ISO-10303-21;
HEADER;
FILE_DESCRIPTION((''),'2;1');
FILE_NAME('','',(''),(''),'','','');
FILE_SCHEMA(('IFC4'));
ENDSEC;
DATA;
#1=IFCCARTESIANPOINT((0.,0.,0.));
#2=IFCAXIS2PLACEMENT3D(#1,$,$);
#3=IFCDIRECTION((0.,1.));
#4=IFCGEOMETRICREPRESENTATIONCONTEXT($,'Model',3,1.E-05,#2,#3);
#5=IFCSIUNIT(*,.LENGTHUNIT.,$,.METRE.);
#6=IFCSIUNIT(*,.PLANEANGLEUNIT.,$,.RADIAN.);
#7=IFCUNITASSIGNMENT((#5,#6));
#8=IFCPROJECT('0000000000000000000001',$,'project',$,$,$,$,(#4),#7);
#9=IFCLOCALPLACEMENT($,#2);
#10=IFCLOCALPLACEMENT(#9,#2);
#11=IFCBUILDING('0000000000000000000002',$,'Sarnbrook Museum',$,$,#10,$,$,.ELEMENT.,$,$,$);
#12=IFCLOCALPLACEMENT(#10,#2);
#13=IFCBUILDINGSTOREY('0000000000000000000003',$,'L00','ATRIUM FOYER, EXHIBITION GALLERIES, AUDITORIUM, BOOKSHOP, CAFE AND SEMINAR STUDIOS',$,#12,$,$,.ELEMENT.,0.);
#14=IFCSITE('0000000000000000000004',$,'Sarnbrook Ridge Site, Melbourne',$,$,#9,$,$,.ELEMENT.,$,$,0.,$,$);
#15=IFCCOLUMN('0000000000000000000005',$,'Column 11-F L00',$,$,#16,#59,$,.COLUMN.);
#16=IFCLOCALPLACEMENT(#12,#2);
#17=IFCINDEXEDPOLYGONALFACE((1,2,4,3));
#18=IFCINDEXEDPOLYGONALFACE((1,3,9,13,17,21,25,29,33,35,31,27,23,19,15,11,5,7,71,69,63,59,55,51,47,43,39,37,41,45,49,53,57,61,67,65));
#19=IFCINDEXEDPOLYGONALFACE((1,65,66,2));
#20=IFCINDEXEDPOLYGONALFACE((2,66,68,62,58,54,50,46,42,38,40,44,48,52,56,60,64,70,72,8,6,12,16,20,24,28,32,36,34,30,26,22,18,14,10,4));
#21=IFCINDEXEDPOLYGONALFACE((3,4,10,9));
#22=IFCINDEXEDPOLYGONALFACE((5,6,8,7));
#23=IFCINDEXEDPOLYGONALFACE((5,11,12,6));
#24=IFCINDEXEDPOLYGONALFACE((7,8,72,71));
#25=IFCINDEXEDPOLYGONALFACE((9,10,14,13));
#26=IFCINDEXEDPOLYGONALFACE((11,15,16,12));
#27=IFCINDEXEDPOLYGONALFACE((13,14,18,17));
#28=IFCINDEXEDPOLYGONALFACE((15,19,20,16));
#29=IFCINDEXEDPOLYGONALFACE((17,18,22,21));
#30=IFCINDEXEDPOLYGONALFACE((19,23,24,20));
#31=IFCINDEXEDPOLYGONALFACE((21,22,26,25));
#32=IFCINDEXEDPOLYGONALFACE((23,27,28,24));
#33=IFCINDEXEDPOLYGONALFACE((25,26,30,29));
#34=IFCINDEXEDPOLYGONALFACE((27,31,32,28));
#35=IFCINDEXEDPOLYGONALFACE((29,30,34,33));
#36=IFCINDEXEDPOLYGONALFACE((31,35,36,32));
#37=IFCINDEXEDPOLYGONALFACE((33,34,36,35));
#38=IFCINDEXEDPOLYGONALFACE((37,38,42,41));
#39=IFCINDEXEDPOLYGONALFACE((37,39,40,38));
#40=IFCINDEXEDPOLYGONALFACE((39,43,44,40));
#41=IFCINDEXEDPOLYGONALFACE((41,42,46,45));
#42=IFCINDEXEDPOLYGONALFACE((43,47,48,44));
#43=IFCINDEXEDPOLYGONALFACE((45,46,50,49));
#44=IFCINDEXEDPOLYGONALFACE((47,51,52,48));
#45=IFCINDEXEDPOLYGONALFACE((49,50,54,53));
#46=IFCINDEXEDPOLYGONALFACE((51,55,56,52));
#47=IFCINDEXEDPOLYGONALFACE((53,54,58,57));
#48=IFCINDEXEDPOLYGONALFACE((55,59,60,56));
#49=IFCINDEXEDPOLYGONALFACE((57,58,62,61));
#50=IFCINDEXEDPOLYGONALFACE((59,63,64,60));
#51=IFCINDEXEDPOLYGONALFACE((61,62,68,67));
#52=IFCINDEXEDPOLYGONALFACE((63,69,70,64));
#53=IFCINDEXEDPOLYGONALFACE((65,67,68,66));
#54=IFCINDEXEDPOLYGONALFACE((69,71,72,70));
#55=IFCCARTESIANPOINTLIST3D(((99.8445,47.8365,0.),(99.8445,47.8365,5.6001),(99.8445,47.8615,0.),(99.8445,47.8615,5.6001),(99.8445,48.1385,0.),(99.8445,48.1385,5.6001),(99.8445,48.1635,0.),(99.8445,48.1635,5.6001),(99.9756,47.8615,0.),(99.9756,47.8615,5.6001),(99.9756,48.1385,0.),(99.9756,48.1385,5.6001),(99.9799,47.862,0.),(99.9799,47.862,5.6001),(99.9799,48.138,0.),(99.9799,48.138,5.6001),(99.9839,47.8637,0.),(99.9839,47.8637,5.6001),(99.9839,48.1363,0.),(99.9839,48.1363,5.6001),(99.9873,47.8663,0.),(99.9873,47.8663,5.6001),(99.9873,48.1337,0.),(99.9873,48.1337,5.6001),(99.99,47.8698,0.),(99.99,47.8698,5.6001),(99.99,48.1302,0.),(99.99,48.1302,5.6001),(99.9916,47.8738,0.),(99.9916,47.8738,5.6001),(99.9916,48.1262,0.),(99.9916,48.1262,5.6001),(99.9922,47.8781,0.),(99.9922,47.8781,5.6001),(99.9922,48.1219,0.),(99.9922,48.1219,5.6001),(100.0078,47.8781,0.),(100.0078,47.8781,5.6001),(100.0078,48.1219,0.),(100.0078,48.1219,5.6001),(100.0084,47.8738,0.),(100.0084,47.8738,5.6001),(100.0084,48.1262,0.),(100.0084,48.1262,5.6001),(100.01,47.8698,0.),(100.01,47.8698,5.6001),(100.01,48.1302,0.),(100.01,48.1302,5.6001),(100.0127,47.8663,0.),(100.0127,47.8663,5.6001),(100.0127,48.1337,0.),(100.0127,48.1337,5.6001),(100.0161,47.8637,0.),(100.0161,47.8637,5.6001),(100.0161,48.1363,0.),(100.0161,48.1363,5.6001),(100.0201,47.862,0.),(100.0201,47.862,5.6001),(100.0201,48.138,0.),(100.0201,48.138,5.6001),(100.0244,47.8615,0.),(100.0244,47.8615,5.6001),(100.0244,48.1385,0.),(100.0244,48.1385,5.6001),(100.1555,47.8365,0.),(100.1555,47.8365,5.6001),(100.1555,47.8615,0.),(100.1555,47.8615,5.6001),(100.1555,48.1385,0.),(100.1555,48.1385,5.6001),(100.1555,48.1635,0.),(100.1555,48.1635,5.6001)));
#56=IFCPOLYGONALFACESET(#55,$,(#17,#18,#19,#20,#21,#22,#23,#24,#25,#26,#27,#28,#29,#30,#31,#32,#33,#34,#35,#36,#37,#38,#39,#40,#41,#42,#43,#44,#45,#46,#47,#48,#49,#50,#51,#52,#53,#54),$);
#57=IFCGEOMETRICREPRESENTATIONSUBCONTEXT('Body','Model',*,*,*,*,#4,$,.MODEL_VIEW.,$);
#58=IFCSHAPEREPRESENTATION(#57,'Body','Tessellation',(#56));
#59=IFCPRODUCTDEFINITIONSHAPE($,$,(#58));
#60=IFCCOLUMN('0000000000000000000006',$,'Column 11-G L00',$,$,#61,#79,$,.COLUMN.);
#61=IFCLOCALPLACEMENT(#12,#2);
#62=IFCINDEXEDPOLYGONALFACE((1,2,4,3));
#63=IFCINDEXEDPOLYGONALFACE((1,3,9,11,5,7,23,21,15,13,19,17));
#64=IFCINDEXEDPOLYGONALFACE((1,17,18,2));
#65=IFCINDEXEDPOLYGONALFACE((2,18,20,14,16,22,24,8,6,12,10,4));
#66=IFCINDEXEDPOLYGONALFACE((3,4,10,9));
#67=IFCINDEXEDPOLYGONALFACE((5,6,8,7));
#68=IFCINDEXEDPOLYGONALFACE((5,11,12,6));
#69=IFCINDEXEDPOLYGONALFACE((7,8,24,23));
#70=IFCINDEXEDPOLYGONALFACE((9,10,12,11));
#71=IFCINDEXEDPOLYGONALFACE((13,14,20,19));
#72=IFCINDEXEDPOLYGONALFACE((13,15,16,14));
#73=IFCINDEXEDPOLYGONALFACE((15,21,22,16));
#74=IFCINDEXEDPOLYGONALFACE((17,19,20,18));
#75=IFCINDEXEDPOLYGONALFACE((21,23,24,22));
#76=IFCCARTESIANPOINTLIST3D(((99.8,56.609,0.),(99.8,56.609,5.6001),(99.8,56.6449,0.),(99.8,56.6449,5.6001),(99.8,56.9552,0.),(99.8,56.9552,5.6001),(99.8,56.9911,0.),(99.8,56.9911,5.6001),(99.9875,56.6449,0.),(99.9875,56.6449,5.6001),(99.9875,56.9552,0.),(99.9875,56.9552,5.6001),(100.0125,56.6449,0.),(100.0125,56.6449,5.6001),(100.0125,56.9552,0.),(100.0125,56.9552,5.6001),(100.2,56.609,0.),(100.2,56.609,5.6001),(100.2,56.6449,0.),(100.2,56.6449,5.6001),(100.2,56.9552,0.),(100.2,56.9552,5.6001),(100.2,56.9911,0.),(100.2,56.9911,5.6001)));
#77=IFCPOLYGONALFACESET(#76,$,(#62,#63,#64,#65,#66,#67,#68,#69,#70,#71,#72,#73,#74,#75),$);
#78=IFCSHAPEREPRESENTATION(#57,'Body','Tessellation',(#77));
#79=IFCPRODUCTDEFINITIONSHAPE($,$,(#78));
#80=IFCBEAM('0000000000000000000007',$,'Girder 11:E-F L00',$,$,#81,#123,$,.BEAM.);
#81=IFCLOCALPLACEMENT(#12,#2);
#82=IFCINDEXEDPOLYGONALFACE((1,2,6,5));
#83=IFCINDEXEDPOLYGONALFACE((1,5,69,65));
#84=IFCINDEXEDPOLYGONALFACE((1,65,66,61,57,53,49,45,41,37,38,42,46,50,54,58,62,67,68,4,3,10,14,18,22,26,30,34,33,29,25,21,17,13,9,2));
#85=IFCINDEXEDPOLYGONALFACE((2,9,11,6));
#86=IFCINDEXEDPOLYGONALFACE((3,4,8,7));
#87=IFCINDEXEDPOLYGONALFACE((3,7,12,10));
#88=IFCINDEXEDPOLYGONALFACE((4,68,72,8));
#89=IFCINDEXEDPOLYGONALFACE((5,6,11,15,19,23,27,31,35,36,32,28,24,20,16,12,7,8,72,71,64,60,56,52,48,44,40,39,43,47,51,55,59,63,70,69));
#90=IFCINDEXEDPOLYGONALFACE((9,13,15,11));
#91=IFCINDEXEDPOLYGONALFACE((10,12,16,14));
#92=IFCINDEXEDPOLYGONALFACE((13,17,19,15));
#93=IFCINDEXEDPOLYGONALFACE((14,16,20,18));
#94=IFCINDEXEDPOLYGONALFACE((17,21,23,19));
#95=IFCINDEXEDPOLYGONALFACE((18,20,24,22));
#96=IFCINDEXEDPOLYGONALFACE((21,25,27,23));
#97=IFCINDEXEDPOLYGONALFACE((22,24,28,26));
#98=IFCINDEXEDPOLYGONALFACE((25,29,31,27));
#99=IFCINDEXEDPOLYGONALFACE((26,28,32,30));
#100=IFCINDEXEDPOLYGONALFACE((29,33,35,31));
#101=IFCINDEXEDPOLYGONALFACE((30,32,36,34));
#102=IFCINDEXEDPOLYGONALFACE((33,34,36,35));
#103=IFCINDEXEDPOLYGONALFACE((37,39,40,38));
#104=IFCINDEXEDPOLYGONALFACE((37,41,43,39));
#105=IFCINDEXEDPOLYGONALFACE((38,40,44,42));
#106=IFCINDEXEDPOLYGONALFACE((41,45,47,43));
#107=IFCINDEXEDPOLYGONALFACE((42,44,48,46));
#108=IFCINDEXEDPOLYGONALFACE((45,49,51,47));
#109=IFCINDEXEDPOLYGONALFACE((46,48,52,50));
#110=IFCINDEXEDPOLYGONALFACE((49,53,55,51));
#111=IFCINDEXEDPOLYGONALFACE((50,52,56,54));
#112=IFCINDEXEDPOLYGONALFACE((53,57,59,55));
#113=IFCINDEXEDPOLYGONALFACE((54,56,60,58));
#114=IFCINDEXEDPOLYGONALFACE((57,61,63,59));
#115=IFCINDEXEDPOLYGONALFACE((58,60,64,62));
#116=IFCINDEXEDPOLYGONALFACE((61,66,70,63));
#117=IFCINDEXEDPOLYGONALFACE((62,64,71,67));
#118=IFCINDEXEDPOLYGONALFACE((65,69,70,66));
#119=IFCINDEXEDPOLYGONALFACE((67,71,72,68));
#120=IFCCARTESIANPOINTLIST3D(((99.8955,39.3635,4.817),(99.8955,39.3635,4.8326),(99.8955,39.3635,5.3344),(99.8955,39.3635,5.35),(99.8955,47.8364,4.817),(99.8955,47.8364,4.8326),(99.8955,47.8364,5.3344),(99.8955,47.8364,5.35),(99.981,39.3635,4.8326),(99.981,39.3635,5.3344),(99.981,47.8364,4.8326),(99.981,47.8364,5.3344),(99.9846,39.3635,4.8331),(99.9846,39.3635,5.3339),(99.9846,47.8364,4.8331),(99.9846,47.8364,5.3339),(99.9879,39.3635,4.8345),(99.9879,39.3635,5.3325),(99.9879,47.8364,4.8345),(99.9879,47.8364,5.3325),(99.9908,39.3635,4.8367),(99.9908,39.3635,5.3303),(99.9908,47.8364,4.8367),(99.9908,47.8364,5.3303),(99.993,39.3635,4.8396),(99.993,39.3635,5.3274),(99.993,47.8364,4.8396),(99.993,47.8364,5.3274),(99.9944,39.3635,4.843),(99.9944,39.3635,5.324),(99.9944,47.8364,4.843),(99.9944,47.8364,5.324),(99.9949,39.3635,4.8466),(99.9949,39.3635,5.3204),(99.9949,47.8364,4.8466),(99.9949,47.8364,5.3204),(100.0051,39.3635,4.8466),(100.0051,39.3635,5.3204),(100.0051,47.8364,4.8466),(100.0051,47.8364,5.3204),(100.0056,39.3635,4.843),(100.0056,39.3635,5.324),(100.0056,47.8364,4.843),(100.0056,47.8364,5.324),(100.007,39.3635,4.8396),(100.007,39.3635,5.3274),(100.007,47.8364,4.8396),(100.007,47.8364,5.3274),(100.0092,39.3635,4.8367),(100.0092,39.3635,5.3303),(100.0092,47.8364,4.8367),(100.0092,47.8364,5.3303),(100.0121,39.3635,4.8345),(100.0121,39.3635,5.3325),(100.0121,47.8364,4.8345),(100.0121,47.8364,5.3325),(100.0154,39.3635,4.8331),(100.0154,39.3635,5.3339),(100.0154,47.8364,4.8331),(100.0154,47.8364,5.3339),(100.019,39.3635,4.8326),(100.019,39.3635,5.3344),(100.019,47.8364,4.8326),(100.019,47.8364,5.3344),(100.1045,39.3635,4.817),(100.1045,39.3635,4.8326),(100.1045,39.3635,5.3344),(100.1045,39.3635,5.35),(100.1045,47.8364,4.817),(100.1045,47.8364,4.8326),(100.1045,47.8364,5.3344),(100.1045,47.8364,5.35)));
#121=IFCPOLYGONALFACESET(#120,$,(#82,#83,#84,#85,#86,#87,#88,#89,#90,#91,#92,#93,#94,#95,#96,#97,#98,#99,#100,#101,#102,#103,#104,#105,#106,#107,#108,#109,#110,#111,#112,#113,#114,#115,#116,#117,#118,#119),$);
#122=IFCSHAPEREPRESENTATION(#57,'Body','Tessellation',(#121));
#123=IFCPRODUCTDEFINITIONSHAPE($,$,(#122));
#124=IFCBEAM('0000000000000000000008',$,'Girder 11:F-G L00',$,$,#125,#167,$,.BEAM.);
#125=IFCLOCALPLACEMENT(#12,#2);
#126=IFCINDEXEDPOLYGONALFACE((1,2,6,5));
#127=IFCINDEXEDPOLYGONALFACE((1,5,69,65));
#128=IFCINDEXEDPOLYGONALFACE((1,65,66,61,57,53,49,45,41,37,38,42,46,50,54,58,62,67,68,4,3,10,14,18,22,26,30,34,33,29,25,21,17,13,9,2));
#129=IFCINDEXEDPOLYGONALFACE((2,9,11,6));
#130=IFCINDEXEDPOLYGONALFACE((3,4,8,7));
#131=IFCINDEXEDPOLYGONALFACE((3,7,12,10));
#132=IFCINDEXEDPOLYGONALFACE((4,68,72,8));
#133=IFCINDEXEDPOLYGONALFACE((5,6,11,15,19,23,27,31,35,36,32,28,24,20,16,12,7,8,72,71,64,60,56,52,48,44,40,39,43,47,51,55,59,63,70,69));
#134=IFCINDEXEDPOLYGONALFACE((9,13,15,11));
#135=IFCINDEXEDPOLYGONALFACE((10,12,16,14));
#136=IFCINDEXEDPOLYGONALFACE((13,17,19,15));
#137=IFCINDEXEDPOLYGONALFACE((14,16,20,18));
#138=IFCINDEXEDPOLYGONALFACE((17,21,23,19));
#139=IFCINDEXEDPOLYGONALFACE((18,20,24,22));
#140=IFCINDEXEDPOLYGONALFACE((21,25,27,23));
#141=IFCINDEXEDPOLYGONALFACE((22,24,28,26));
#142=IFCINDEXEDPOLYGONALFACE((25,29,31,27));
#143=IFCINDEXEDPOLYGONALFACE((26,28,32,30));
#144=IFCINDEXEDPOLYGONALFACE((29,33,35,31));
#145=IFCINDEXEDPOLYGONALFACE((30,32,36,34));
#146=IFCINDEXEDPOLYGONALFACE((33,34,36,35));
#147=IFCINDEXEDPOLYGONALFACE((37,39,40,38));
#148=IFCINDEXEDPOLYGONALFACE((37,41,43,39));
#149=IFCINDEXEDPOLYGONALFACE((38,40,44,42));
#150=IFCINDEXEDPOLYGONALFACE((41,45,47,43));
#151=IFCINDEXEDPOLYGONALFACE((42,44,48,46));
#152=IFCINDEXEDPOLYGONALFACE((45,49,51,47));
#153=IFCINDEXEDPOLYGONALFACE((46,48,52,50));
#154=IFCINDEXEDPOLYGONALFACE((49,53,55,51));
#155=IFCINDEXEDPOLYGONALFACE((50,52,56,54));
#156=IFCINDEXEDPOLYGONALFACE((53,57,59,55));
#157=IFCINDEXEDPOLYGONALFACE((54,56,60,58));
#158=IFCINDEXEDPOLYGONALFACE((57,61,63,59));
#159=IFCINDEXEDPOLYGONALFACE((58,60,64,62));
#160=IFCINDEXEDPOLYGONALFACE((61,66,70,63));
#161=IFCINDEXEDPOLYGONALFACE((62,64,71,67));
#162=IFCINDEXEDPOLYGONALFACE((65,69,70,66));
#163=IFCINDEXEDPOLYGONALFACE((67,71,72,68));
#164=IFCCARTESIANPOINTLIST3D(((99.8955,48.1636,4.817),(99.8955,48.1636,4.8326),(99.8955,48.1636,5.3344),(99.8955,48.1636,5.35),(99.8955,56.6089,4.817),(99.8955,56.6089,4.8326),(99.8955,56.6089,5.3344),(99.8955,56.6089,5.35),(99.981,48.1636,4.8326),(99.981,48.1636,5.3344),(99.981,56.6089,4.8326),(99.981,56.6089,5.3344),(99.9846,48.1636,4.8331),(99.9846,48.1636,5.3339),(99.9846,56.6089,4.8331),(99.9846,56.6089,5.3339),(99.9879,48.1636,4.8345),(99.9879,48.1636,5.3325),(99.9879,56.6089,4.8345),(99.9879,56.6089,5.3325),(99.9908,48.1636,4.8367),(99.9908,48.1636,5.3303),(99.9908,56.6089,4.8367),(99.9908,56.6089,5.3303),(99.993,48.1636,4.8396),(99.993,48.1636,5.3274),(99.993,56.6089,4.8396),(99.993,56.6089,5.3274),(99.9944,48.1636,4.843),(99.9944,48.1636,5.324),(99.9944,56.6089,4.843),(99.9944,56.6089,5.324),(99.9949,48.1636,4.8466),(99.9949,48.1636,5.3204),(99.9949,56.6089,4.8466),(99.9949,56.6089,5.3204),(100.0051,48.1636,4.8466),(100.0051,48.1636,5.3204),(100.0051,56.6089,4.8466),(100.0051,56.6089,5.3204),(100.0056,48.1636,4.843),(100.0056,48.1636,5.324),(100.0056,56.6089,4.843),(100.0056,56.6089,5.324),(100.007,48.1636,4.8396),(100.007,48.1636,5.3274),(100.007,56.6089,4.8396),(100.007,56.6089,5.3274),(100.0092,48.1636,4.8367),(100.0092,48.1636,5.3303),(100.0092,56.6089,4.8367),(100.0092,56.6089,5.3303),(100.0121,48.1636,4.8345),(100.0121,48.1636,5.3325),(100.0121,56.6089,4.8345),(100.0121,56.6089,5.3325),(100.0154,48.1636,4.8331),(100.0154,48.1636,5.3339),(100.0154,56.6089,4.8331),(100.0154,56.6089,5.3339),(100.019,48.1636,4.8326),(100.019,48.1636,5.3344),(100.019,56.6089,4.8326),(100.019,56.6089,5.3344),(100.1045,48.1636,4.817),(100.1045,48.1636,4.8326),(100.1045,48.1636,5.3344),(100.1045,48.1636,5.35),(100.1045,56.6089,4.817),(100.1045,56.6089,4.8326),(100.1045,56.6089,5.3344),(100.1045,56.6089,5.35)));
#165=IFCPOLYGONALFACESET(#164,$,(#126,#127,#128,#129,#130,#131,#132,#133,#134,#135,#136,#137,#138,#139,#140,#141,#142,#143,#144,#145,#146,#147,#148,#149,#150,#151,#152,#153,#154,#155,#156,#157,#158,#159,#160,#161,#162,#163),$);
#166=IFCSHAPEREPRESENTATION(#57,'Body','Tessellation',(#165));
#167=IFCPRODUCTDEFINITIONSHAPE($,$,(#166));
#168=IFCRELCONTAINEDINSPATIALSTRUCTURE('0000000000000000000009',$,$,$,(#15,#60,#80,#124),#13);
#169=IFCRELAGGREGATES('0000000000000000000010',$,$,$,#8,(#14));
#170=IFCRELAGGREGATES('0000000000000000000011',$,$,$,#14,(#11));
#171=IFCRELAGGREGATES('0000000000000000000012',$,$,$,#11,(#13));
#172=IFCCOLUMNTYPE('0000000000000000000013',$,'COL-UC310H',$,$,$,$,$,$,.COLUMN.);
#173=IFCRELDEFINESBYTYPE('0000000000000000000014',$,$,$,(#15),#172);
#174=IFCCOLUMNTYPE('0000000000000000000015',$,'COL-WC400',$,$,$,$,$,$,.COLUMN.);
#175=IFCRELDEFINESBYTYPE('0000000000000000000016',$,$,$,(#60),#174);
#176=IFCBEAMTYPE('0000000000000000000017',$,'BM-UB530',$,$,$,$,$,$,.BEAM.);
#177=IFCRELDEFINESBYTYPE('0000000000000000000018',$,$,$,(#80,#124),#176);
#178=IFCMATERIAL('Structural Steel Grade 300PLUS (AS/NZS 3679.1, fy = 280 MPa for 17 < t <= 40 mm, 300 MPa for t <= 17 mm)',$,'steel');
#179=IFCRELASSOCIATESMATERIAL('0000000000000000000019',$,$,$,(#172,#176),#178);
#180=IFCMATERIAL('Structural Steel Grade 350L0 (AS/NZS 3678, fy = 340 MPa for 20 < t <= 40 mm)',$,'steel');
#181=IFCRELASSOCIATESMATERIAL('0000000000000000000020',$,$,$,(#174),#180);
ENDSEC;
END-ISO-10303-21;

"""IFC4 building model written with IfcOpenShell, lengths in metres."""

from ifc_helpers import new_model, si_unit, direction, frame, origin, origin_2d, place, context, subcontext, project, spatial, i_section, extrude, material, material_profile, profile_set, type_object, element, save


model = new_model("IFC4")

# Units and contexts
model_context = context("Model", 3, precision=1e-05, world=origin(), true_north=direction((0.0, 1.0)))
body_context = subcontext(model_context, "Body", "Model", "MODEL_VIEW")
ifc_project = project(units=[si_unit("LENGTHUNIT", "METRE"), si_unit("PLANEANGLEUNIT", "RADIAN")], contexts=[model_context])

# Site, building, storey
site_placement = place(None, origin())
site = spatial("IfcSite", under=ifc_project, at=site_placement, Name="Sarnbrook Ridge Site, Melbourne", CompositionType="ELEMENT", RefElevation=0.0)
building_placement = place(site_placement, origin())
building = spatial("IfcBuilding", under=site, at=building_placement, Name="Sarnbrook Museum", CompositionType="ELEMENT")
storey_placement = place(building_placement, origin())
storey = spatial("IfcBuildingStorey", under=building, at=storey_placement, Name="L00", Description="ATRIUM FOYER, EXHIBITION GALLERIES, AUDITORIUM, BOOKSHOP, CAFE AND SEMINAR STUDIOS", CompositionType="ELEMENT", Elevation=0.0)

# Columns
ifc_material_1 = material(Name="Structural Steel Grade 300PLUS (AS/NZS 3679.1, fy = 280 MPa for 17 < t <= 40 mm, 300 MPa for t <= 17 mm)", Category="steel")
ifc_material_profile_1 = material_profile(ifc_material_1, i_section(OverallWidth=0.311, OverallDepth=0.3269, WebThickness=0.0156, FlangeThickness=0.0249, FilletRadius=0.0166, at=origin_2d()), Name="310UC158")
ifc_profile_set_1 = profile_set([ifc_material_profile_1], Name="Structural Steel Grade 300PLUS (AS/NZS 3679.1, fy = 280 MPa for 17 < t <= 40 mm, 300 MPa for t <= 17 mm)")
column_type_1 = type_object("IfcColumnType", Name="COL-UC310H", PredefinedType="COLUMN", material=ifc_profile_set_1)
column_1_placement = place(storey_placement, frame((100.0, 48.0, 0.0), z_axis=(0.0, 0.0, 1.0), x_axis=(1.0, 0.0, 0.0)))
element("IfcColumn", 1, at=column_1_placement, inside=storey, type_object=column_type_1, Name="Column 11-F L00", PredefinedType="COLUMN", context=body_context, shape_type="SweptSolid", body=[
    extrude(i_section(OverallWidth=0.311, OverallDepth=0.3269, WebThickness=0.0156, FlangeThickness=0.0249, FilletRadius=0.0166, at=origin_2d()), origin(), (0.0, 0.0, 1.0), 5.6001),
])
ifc_material_2 = material(Name="Structural Steel Grade 350L0 (AS/NZS 3678, fy = 340 MPa for 20 < t <= 40 mm)", Category="steel")
ifc_material_profile_2 = material_profile(ifc_material_2, i_section(OverallWidth=0.3999, OverallDepth=0.3821, WebThickness=0.0249, FlangeThickness=0.0359, at=origin_2d()), Name="400WC270")
ifc_profile_set_2 = profile_set([ifc_material_profile_2], Name="Structural Steel Grade 350L0 (AS/NZS 3678, fy = 340 MPa for 20 < t <= 40 mm)")
column_type_2 = type_object("IfcColumnType", Name="COL-WC400", PredefinedType="COLUMN", material=ifc_profile_set_2)
column_2_placement = place(storey_placement, frame((100.0, 56.8, 0.0), z_axis=(0.0, 0.0, 1.0), x_axis=(1.0, 0.0, 0.0)))
element("IfcColumn", 2, at=column_2_placement, inside=storey, type_object=column_type_2, Name="Column 11-G L00", PredefinedType="COLUMN", context=body_context, shape_type="SweptSolid", body=[
    extrude(i_section(OverallWidth=0.3999, OverallDepth=0.3821, WebThickness=0.0249, FlangeThickness=0.0359, at=origin_2d()), origin(), (0.0, 0.0, 1.0), 5.6001),
])

# Beams
ifc_material_profile_3 = material_profile(ifc_material_1, i_section(OverallWidth=0.209, OverallDepth=0.533, WebThickness=0.0103, FlangeThickness=0.0156, FilletRadius=0.0139, at=origin_2d()), Name="530UB92.4")
ifc_profile_set_3 = profile_set([ifc_material_profile_3], Name="Structural Steel Grade 300PLUS (AS/NZS 3679.1, fy = 280 MPa for 17 < t <= 40 mm, 300 MPa for t <= 17 mm)")
beam_type_1 = type_object("IfcBeamType", Name="BM-UB530", PredefinedType="BEAM", material=ifc_profile_set_3)
beam_1_placement = place(storey_placement, frame((100.0, 39.3635, 5.0835), z_axis=(0.0, 1.0, 0.0), x_axis=(-1.0, 0.0, 0.0)))
element("IfcBeam", 3, at=beam_1_placement, inside=storey, type_object=beam_type_1, Name="Girder 11:E-F L00", PredefinedType="BEAM", context=body_context, shape_type="SweptSolid", body=[
    extrude(i_section(OverallWidth=0.209, OverallDepth=0.533, WebThickness=0.0103, FlangeThickness=0.0156, FilletRadius=0.0139, at=origin_2d()), origin(), (0.0, 0.0, 1.0), 8.4729),
])
beam_2_placement = place(storey_placement, frame((100.0, 48.1636, 5.0835), z_axis=(0.0, 1.0, 0.0), x_axis=(-1.0, 0.0, 0.0)))
element("IfcBeam", 4, at=beam_2_placement, inside=storey, type_object=beam_type_1, Name="Girder 11:F-G L00", PredefinedType="BEAM", context=body_context, shape_type="SweptSolid", body=[
    extrude(i_section(OverallWidth=0.209, OverallDepth=0.533, WebThickness=0.0103, FlangeThickness=0.0156, FilletRadius=0.0139, at=origin_2d()), origin(), (0.0, 0.0, 1.0), 8.4453),
])

save(model, "model.ifc")
